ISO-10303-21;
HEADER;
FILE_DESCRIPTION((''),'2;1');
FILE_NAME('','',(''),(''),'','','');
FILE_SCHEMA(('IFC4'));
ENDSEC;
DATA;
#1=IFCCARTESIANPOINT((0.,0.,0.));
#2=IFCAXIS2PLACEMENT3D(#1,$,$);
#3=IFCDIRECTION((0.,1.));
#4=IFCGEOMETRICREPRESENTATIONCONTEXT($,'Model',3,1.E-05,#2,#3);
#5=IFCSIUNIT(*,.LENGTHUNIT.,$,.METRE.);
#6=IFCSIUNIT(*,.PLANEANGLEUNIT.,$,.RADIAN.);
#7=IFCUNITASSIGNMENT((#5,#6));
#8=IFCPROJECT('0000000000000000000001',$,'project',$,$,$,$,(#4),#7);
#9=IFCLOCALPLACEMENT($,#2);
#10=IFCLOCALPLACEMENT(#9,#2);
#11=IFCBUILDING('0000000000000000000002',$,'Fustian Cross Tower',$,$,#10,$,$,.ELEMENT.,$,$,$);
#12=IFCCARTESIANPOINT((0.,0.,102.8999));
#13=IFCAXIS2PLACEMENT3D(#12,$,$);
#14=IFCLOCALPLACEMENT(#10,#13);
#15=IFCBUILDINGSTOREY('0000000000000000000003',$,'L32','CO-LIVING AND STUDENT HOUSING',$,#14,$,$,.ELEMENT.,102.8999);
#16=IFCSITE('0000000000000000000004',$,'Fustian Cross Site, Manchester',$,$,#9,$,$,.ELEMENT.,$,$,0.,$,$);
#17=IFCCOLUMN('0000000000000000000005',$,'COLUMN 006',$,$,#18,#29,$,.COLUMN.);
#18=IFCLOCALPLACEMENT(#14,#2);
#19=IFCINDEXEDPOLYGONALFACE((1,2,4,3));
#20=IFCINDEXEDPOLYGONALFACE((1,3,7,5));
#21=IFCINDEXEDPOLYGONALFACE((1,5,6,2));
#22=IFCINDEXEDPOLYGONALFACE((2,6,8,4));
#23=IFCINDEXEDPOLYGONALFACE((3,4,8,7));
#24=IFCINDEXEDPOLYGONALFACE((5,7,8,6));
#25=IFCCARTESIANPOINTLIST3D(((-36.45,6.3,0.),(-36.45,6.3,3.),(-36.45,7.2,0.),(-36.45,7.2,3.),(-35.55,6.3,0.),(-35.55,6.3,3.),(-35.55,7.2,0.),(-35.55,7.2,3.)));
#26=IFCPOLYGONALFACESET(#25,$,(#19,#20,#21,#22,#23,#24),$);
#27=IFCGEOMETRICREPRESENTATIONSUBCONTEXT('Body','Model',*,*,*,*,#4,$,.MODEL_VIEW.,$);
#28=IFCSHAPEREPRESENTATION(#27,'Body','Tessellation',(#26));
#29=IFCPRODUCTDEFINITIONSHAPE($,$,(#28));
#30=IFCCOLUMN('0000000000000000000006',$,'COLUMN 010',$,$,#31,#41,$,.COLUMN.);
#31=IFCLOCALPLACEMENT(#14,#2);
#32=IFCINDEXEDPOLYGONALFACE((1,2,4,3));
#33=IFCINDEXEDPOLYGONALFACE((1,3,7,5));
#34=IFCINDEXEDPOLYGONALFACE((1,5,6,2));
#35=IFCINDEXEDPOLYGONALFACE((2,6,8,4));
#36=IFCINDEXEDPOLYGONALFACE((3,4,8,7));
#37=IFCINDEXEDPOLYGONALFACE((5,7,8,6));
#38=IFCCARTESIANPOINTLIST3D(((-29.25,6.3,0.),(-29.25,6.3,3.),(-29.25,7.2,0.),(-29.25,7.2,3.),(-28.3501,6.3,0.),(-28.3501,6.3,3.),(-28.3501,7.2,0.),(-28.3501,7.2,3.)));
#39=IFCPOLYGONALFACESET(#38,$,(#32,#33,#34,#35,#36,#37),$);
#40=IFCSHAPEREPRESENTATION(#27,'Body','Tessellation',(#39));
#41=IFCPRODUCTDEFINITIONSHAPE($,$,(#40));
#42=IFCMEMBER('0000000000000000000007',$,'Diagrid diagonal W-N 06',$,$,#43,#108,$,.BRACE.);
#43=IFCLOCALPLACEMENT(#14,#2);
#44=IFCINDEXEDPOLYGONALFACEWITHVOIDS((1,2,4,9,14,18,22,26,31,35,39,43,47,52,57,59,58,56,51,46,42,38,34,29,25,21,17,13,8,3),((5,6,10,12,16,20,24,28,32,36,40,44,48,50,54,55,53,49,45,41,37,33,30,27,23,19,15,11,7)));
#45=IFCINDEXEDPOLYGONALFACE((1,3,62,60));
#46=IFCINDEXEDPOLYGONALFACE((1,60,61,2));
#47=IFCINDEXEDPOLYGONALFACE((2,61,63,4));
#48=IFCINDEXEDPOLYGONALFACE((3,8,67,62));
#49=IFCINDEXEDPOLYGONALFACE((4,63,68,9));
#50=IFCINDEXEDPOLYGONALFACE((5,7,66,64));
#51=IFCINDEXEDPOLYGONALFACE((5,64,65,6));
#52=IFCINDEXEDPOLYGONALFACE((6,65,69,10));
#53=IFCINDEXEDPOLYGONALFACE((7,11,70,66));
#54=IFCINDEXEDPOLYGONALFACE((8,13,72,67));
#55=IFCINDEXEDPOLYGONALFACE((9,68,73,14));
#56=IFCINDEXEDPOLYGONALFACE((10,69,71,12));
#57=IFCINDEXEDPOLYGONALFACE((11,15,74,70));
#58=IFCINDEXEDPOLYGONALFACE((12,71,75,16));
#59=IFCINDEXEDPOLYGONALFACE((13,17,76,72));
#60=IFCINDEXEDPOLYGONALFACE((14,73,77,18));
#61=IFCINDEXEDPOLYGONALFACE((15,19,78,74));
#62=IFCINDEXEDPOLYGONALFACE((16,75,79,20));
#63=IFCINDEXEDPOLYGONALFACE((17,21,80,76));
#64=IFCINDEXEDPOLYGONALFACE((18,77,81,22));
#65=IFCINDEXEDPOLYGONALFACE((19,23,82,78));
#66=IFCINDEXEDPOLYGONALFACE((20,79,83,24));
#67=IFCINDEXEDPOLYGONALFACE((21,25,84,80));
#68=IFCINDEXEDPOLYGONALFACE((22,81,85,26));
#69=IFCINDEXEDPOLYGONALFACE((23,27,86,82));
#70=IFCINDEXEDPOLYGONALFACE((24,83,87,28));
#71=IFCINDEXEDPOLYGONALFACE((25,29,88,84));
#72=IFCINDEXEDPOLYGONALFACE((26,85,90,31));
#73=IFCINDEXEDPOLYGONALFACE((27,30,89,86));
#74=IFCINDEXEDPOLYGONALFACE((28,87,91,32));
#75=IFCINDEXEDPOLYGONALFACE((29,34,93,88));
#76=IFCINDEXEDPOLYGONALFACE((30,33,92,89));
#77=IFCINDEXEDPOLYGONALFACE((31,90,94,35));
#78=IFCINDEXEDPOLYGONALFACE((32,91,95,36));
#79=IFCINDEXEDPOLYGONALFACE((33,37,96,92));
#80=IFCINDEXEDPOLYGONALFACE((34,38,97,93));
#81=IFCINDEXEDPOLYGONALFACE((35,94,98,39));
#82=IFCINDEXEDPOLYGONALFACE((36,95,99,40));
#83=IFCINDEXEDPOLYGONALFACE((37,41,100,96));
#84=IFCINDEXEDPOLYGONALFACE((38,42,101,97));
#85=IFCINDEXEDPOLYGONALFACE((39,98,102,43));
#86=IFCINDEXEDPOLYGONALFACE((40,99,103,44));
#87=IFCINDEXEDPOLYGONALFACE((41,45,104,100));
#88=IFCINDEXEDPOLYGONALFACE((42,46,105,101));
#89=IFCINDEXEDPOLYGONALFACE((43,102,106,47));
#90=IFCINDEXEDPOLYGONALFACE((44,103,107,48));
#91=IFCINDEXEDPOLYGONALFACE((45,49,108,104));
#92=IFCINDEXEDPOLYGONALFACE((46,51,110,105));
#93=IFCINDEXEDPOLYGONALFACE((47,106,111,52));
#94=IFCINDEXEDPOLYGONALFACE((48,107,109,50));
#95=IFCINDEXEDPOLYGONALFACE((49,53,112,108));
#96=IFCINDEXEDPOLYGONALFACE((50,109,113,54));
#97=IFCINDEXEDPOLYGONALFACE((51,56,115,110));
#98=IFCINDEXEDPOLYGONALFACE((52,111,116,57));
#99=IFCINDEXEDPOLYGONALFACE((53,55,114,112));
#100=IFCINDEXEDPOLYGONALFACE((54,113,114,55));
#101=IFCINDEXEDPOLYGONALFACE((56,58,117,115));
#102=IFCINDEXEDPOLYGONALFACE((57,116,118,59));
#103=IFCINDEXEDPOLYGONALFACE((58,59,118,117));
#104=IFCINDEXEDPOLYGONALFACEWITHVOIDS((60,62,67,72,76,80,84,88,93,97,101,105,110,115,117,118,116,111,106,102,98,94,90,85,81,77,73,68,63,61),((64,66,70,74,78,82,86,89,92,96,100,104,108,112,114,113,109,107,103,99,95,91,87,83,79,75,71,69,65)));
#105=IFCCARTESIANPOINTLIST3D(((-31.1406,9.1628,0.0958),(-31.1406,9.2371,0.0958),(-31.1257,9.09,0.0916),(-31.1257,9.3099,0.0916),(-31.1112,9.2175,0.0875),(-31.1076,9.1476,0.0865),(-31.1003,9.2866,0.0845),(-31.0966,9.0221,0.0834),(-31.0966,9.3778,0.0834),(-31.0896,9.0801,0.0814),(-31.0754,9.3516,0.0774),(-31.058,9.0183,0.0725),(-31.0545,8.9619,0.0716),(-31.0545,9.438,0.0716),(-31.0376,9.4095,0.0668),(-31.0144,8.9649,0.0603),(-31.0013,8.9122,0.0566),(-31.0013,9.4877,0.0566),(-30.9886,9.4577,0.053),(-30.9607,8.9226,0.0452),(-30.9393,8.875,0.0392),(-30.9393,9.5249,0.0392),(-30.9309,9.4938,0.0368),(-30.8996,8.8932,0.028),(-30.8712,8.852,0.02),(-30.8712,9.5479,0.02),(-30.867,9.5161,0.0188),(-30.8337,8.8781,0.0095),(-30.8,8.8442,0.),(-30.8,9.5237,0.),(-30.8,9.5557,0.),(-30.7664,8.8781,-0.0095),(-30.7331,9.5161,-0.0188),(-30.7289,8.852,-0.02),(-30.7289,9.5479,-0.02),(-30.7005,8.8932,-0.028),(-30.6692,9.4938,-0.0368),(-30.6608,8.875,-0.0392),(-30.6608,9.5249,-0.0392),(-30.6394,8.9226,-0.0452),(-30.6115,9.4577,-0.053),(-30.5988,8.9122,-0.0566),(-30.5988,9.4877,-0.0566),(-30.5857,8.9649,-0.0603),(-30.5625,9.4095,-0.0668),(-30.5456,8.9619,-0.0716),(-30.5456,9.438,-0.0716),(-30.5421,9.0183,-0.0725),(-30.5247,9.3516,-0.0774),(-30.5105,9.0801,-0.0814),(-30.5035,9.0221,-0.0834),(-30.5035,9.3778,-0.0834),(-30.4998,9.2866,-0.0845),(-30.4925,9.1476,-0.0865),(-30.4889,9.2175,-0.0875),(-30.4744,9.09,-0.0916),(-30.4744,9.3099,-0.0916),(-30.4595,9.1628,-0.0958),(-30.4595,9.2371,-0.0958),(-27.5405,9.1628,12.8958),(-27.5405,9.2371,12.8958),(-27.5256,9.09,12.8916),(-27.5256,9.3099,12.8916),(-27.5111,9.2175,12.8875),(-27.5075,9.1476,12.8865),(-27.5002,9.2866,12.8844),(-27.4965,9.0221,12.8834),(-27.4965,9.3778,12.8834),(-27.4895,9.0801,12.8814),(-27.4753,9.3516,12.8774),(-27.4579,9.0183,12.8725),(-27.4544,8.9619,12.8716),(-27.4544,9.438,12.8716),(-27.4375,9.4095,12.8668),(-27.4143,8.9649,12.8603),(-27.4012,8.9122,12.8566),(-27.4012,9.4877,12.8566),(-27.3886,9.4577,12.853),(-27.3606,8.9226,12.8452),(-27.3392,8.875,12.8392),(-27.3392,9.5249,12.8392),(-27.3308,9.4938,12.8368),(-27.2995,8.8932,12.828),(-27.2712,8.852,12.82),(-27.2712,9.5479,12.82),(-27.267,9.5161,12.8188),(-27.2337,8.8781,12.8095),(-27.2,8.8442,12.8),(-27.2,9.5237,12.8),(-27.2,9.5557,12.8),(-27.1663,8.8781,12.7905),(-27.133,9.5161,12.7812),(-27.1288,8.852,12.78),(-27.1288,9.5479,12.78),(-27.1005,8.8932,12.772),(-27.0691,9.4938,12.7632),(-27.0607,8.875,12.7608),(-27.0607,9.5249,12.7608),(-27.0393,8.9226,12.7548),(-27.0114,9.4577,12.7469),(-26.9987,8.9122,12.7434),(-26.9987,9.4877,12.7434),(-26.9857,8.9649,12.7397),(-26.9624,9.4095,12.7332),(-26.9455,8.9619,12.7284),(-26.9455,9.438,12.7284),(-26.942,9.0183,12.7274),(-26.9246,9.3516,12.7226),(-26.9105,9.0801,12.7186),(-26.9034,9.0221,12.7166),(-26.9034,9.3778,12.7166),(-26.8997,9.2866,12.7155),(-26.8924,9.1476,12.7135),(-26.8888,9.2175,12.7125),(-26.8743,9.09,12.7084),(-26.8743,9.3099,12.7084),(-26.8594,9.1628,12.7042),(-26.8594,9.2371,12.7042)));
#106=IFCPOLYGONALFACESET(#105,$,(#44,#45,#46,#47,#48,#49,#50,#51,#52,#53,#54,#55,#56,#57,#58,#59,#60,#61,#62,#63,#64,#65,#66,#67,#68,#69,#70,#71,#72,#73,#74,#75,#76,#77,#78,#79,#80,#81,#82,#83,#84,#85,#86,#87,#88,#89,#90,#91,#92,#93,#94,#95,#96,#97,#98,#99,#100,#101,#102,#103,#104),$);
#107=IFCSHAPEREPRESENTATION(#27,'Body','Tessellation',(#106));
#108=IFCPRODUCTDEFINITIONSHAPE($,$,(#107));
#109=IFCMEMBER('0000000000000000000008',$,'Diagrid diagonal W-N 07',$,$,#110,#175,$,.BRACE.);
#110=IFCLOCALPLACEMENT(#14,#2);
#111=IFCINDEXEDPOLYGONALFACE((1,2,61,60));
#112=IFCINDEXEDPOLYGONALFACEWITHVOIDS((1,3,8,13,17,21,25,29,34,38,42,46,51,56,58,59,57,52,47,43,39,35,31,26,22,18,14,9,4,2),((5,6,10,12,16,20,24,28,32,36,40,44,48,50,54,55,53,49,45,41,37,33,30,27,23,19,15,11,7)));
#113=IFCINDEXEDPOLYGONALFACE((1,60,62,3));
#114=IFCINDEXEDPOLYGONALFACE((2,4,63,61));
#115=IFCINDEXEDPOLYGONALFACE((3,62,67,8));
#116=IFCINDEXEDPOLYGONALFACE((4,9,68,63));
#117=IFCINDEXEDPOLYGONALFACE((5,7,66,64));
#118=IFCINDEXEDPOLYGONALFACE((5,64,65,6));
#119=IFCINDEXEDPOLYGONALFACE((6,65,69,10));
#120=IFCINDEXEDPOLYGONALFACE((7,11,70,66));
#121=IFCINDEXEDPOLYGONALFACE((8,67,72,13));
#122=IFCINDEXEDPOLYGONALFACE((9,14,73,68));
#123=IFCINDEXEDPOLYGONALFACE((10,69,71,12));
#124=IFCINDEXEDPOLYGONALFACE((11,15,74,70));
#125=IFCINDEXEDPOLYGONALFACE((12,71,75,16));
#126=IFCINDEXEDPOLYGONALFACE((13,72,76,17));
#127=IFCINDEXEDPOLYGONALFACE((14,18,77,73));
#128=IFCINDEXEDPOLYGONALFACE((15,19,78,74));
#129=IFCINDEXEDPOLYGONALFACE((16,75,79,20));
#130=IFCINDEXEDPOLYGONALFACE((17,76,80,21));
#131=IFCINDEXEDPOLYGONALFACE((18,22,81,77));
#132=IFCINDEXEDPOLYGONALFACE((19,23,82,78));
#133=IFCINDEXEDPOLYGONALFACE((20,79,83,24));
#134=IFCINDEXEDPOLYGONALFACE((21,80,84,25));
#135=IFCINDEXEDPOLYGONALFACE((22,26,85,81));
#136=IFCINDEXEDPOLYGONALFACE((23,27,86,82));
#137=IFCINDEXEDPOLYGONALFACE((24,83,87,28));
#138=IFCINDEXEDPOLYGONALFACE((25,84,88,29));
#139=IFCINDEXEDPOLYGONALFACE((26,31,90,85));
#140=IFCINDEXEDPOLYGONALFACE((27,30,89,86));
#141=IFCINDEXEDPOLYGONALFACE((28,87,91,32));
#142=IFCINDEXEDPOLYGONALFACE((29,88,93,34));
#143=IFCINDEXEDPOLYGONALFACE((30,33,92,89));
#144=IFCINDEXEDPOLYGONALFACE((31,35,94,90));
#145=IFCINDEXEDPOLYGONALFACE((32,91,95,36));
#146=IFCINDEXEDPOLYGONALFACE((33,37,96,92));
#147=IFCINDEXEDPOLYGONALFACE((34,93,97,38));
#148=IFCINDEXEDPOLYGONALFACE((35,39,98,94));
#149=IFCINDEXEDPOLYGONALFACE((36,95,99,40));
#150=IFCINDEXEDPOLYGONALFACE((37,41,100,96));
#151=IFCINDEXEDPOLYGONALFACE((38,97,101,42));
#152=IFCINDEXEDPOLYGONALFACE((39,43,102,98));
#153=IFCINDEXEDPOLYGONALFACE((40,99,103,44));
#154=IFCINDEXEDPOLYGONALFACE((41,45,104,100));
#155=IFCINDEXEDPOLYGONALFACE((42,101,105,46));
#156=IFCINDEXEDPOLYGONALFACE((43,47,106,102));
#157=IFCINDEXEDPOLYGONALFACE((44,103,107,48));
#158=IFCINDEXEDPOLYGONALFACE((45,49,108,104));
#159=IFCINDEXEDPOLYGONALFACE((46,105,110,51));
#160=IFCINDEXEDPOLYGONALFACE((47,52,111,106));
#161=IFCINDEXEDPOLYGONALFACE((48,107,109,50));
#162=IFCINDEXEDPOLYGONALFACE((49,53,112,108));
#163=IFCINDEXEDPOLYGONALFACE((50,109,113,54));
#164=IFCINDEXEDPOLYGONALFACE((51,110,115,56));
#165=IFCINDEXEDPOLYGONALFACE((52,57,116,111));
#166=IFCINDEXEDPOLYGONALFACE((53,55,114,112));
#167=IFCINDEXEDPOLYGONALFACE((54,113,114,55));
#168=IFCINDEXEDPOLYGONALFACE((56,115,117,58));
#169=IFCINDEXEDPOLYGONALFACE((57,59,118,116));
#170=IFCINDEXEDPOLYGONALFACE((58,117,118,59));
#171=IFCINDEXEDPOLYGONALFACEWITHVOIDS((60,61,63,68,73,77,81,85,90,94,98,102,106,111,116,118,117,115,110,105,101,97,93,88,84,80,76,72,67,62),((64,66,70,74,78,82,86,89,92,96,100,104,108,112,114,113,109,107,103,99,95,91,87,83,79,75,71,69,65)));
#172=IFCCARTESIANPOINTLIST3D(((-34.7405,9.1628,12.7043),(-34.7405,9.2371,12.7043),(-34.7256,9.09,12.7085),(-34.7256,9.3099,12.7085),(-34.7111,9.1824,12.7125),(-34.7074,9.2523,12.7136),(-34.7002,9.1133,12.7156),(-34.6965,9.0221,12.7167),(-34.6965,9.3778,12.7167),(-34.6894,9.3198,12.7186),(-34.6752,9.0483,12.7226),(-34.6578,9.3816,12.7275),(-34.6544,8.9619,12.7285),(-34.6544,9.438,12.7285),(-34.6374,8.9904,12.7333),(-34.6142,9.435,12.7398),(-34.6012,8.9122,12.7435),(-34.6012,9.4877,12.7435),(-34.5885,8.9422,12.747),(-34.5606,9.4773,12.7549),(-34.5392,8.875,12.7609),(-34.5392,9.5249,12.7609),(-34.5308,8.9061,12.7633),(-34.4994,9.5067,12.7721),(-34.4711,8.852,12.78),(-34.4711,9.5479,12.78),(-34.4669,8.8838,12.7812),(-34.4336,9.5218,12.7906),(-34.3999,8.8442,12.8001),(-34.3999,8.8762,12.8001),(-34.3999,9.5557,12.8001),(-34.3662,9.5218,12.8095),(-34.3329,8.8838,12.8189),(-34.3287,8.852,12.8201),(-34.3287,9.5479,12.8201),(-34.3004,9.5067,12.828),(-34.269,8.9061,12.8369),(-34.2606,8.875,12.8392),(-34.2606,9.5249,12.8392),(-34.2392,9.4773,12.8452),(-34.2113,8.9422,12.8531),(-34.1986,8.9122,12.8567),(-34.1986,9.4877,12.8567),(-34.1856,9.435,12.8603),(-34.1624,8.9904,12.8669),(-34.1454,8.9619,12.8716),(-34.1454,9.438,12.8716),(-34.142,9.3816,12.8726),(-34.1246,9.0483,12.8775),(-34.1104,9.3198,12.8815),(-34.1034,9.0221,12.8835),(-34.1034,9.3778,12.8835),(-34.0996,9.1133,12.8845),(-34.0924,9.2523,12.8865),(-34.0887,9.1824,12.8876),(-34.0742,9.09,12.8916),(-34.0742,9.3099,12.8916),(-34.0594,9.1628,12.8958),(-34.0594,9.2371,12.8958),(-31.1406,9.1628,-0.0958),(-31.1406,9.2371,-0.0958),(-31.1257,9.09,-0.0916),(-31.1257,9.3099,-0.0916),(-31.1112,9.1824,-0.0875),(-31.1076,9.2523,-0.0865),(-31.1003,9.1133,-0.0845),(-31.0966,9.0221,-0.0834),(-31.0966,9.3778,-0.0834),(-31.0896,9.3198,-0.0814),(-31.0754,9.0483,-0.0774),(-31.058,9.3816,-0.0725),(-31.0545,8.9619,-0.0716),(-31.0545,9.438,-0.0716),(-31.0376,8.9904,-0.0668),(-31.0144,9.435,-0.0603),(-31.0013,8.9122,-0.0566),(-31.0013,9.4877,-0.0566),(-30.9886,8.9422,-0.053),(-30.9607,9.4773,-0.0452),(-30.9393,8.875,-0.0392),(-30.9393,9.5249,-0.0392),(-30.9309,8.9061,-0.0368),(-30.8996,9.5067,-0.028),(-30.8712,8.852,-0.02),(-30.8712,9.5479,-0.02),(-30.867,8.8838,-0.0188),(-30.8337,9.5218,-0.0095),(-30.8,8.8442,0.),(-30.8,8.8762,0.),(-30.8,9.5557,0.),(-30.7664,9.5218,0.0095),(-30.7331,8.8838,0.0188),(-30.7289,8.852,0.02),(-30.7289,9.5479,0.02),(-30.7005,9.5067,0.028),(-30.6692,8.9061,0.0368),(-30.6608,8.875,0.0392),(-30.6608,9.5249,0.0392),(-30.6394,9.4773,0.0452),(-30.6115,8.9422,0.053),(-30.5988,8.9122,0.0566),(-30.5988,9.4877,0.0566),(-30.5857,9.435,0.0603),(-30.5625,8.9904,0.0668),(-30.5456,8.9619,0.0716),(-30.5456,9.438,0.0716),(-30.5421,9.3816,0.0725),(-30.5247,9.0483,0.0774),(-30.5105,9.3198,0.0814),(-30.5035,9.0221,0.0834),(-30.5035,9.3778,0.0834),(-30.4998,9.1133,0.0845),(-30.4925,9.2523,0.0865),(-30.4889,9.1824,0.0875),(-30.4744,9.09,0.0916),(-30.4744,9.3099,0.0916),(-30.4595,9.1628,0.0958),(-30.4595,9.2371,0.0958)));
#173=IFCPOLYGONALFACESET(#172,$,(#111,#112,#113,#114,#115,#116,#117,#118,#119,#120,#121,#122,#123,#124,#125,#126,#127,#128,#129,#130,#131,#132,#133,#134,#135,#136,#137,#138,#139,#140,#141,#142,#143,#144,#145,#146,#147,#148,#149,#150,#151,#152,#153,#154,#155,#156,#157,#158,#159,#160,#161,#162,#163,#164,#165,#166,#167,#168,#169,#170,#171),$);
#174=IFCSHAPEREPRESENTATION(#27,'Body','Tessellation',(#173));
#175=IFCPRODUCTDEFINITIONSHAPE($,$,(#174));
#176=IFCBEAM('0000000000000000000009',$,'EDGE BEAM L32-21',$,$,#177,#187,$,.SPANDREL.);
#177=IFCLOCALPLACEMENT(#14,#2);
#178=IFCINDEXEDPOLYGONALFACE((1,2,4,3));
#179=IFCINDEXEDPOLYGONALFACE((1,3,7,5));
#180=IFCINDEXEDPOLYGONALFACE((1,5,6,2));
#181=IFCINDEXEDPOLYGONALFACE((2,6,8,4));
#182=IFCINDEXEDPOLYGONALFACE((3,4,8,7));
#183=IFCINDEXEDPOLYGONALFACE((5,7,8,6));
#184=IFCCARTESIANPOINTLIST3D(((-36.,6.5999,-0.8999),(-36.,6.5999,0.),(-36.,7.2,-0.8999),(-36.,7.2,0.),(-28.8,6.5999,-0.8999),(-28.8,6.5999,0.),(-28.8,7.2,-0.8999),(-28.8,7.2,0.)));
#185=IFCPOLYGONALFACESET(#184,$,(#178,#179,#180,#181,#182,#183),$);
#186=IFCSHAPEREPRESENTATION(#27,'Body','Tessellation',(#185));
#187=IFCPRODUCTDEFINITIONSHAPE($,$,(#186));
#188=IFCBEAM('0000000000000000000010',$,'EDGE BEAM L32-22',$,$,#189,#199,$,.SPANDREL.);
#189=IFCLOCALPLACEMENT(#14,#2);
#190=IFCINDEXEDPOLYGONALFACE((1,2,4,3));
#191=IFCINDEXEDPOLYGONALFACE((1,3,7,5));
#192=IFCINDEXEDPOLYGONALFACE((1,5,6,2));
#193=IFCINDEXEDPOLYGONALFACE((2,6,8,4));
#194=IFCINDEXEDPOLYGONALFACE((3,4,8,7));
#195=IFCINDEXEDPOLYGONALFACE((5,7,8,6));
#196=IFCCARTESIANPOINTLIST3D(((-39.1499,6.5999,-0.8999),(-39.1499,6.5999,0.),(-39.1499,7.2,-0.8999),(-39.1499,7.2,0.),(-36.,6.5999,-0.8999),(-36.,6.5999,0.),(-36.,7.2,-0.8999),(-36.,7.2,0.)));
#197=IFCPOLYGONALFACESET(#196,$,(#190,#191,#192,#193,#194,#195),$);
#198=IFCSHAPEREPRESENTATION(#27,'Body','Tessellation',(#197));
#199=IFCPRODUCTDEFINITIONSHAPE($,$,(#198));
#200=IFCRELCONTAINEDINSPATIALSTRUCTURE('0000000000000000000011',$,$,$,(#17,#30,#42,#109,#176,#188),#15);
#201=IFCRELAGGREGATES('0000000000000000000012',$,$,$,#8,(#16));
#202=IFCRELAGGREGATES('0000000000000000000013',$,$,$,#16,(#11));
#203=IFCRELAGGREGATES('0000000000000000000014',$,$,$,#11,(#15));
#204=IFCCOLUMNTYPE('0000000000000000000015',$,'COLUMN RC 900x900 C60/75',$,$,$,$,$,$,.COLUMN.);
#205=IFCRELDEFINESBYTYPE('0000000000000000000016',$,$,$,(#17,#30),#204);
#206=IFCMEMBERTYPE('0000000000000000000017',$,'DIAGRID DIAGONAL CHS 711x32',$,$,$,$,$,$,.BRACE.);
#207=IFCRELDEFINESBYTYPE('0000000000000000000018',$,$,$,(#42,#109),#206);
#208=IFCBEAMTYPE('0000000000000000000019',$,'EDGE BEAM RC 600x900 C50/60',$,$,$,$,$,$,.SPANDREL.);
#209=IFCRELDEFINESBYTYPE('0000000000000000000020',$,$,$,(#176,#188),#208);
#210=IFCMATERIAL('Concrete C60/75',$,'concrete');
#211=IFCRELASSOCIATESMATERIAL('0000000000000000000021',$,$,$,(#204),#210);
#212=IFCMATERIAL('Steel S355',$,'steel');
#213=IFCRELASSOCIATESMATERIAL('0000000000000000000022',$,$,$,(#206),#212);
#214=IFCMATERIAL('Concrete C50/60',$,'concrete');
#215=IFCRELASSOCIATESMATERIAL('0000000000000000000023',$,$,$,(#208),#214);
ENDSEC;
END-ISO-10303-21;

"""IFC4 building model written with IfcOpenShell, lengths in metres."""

from ifc_helpers import new_model, si_unit, direction, frame, origin, origin_2d, place, context, subcontext, project, spatial, rectangle, hollow_circle, extrude, material, material_profile, profile_set, type_object, element, save


model = new_model("IFC4")

# Units and contexts
model_context = context("Model", 3, precision=1e-05, world=origin(), true_north=direction((0.0, 1.0)))
body_context = subcontext(model_context, "Body", "Model", "MODEL_VIEW")
ifc_project = project(units=[si_unit("LENGTHUNIT", "METRE"), si_unit("PLANEANGLEUNIT", "RADIAN")], contexts=[model_context])

# Site, building, storey
site_placement = place(None, origin())
site = spatial("IfcSite", under=ifc_project, at=site_placement, Name="Fustian Cross Site, Manchester", CompositionType="ELEMENT", RefElevation=0.0)
building_placement = place(site_placement, origin())
building = spatial("IfcBuilding", under=site, at=building_placement, Name="Fustian Cross Tower", CompositionType="ELEMENT")
storey_placement = place(building_placement, frame((0.0, 0.0, 102.8999)))
storey = spatial("IfcBuildingStorey", under=building, at=storey_placement, Name="L32", Description="CO-LIVING AND STUDENT HOUSING", CompositionType="ELEMENT", Elevation=102.8999)

# Columns
ifc_material_1 = material(Name="Concrete C60/75", Category="concrete")
ifc_material_profile_1 = material_profile(ifc_material_1, rectangle(XDim=0.8999, YDim=0.8999, at=origin_2d()), Name="RC 900x900")
ifc_profile_set_1 = profile_set([ifc_material_profile_1], Name="Concrete C60/75")
column_type = type_object("IfcColumnType", Name="COLUMN RC 900x900 C60/75", PredefinedType="COLUMN", material=ifc_profile_set_1)
for number, where, z_axis, x_axis, name in (
    (1, (-36.0, 6.75, 0.0), (0.0, 0.0, 1.0), (1.0, 0.0, 0.0), "COLUMN 006"),
    (2, (-28.8, 6.75, 0.0), (0.0, 0.0, 1.0), (1.0, 0.0, 0.0), "COLUMN 010"),
):
    element("IfcColumn", number, at=place(storey_placement, frame(where, z_axis=z_axis, x_axis=x_axis)), inside=storey, type_object=column_type, Name=name, PredefinedType="COLUMN", context=body_context, shape_type="SweptSolid", body=[
        extrude(rectangle(XDim=0.8999, YDim=0.8999, at=origin_2d()), origin(), (0.0, 0.0, 1.0), 3.0),
    ])

# Members
ifc_material_2 = material(Name="Steel S355", Category="steel")
ifc_material_profile_2 = material_profile(ifc_material_2, hollow_circle(Radius=0.3557, WallThickness=0.032, at=origin_2d()), Name="CHS 711x32")
ifc_profile_set_2 = profile_set([ifc_material_profile_2], Name="Steel S355")
member_type = type_object("IfcMemberType", Name="DIAGRID DIAGONAL CHS 711x32", PredefinedType="BRACE", material=ifc_profile_set_2)
for number, where, z_axis, x_axis, name in (
    (3, (-30.8, 9.2, 0.0), (0.270751, 0.0, 0.962649), (0.0, 1.0, 0.0), "Diagrid diagonal W-N 06"),
    (4, (-30.8, 9.2, 0.0), (-0.270734, 0.0, 0.962654), (0.0, -1.0, 0.0), "Diagrid diagonal W-N 07"),
):
    element("IfcMember", number, at=place(storey_placement, frame(where, z_axis=z_axis, x_axis=x_axis)), inside=storey, type_object=member_type, Name=name, PredefinedType="BRACE", context=body_context, shape_type="SweptSolid", body=[
        extrude(hollow_circle(Radius=0.3557, WallThickness=0.032, at=origin_2d()), origin(), (0.0, 0.0, 1.0), 13.2966),
    ])

# Beams
ifc_material_3 = material(Name="Concrete C50/60", Category="concrete")
ifc_material_profile_3 = material_profile(ifc_material_3, rectangle(XDim=0.6001, YDim=0.8999, at=origin_2d()), Name="RC 600x900")
ifc_profile_set_3 = profile_set([ifc_material_profile_3], Name="Concrete C50/60")
beam_type = type_object("IfcBeamType", Name="EDGE BEAM RC 600x900 C50/60", PredefinedType="SPANDREL", material=ifc_profile_set_3)
beam_1_placement = place(storey_placement, frame((-28.8, 6.8999, -0.45), z_axis=(-1.0, 0.0, 0.0), x_axis=(0.0, -1.0, 0.0)))
element("IfcBeam", 5, at=beam_1_placement, inside=storey, type_object=beam_type, Name="EDGE BEAM L32-21", PredefinedType="SPANDREL", context=body_context, shape_type="SweptSolid", body=[
    extrude(rectangle(XDim=0.6001, YDim=0.8999, at=origin_2d()), origin(), (0.0, 0.0, 1.0), 7.2),
])
beam_2_placement = place(storey_placement, frame((-36.0, 6.8999, -0.45), z_axis=(-1.0, 0.0, 0.0), x_axis=(0.0, -1.0, 0.0)))
element("IfcBeam", 6, at=beam_2_placement, inside=storey, type_object=beam_type, Name="EDGE BEAM L32-22", PredefinedType="SPANDREL", context=body_context, shape_type="SweptSolid", body=[
    extrude(rectangle(XDim=0.6001, YDim=0.8999, at=origin_2d()), origin(), (0.0, 0.0, 1.0), 3.1499),
])

save(model, "model.ifc")
